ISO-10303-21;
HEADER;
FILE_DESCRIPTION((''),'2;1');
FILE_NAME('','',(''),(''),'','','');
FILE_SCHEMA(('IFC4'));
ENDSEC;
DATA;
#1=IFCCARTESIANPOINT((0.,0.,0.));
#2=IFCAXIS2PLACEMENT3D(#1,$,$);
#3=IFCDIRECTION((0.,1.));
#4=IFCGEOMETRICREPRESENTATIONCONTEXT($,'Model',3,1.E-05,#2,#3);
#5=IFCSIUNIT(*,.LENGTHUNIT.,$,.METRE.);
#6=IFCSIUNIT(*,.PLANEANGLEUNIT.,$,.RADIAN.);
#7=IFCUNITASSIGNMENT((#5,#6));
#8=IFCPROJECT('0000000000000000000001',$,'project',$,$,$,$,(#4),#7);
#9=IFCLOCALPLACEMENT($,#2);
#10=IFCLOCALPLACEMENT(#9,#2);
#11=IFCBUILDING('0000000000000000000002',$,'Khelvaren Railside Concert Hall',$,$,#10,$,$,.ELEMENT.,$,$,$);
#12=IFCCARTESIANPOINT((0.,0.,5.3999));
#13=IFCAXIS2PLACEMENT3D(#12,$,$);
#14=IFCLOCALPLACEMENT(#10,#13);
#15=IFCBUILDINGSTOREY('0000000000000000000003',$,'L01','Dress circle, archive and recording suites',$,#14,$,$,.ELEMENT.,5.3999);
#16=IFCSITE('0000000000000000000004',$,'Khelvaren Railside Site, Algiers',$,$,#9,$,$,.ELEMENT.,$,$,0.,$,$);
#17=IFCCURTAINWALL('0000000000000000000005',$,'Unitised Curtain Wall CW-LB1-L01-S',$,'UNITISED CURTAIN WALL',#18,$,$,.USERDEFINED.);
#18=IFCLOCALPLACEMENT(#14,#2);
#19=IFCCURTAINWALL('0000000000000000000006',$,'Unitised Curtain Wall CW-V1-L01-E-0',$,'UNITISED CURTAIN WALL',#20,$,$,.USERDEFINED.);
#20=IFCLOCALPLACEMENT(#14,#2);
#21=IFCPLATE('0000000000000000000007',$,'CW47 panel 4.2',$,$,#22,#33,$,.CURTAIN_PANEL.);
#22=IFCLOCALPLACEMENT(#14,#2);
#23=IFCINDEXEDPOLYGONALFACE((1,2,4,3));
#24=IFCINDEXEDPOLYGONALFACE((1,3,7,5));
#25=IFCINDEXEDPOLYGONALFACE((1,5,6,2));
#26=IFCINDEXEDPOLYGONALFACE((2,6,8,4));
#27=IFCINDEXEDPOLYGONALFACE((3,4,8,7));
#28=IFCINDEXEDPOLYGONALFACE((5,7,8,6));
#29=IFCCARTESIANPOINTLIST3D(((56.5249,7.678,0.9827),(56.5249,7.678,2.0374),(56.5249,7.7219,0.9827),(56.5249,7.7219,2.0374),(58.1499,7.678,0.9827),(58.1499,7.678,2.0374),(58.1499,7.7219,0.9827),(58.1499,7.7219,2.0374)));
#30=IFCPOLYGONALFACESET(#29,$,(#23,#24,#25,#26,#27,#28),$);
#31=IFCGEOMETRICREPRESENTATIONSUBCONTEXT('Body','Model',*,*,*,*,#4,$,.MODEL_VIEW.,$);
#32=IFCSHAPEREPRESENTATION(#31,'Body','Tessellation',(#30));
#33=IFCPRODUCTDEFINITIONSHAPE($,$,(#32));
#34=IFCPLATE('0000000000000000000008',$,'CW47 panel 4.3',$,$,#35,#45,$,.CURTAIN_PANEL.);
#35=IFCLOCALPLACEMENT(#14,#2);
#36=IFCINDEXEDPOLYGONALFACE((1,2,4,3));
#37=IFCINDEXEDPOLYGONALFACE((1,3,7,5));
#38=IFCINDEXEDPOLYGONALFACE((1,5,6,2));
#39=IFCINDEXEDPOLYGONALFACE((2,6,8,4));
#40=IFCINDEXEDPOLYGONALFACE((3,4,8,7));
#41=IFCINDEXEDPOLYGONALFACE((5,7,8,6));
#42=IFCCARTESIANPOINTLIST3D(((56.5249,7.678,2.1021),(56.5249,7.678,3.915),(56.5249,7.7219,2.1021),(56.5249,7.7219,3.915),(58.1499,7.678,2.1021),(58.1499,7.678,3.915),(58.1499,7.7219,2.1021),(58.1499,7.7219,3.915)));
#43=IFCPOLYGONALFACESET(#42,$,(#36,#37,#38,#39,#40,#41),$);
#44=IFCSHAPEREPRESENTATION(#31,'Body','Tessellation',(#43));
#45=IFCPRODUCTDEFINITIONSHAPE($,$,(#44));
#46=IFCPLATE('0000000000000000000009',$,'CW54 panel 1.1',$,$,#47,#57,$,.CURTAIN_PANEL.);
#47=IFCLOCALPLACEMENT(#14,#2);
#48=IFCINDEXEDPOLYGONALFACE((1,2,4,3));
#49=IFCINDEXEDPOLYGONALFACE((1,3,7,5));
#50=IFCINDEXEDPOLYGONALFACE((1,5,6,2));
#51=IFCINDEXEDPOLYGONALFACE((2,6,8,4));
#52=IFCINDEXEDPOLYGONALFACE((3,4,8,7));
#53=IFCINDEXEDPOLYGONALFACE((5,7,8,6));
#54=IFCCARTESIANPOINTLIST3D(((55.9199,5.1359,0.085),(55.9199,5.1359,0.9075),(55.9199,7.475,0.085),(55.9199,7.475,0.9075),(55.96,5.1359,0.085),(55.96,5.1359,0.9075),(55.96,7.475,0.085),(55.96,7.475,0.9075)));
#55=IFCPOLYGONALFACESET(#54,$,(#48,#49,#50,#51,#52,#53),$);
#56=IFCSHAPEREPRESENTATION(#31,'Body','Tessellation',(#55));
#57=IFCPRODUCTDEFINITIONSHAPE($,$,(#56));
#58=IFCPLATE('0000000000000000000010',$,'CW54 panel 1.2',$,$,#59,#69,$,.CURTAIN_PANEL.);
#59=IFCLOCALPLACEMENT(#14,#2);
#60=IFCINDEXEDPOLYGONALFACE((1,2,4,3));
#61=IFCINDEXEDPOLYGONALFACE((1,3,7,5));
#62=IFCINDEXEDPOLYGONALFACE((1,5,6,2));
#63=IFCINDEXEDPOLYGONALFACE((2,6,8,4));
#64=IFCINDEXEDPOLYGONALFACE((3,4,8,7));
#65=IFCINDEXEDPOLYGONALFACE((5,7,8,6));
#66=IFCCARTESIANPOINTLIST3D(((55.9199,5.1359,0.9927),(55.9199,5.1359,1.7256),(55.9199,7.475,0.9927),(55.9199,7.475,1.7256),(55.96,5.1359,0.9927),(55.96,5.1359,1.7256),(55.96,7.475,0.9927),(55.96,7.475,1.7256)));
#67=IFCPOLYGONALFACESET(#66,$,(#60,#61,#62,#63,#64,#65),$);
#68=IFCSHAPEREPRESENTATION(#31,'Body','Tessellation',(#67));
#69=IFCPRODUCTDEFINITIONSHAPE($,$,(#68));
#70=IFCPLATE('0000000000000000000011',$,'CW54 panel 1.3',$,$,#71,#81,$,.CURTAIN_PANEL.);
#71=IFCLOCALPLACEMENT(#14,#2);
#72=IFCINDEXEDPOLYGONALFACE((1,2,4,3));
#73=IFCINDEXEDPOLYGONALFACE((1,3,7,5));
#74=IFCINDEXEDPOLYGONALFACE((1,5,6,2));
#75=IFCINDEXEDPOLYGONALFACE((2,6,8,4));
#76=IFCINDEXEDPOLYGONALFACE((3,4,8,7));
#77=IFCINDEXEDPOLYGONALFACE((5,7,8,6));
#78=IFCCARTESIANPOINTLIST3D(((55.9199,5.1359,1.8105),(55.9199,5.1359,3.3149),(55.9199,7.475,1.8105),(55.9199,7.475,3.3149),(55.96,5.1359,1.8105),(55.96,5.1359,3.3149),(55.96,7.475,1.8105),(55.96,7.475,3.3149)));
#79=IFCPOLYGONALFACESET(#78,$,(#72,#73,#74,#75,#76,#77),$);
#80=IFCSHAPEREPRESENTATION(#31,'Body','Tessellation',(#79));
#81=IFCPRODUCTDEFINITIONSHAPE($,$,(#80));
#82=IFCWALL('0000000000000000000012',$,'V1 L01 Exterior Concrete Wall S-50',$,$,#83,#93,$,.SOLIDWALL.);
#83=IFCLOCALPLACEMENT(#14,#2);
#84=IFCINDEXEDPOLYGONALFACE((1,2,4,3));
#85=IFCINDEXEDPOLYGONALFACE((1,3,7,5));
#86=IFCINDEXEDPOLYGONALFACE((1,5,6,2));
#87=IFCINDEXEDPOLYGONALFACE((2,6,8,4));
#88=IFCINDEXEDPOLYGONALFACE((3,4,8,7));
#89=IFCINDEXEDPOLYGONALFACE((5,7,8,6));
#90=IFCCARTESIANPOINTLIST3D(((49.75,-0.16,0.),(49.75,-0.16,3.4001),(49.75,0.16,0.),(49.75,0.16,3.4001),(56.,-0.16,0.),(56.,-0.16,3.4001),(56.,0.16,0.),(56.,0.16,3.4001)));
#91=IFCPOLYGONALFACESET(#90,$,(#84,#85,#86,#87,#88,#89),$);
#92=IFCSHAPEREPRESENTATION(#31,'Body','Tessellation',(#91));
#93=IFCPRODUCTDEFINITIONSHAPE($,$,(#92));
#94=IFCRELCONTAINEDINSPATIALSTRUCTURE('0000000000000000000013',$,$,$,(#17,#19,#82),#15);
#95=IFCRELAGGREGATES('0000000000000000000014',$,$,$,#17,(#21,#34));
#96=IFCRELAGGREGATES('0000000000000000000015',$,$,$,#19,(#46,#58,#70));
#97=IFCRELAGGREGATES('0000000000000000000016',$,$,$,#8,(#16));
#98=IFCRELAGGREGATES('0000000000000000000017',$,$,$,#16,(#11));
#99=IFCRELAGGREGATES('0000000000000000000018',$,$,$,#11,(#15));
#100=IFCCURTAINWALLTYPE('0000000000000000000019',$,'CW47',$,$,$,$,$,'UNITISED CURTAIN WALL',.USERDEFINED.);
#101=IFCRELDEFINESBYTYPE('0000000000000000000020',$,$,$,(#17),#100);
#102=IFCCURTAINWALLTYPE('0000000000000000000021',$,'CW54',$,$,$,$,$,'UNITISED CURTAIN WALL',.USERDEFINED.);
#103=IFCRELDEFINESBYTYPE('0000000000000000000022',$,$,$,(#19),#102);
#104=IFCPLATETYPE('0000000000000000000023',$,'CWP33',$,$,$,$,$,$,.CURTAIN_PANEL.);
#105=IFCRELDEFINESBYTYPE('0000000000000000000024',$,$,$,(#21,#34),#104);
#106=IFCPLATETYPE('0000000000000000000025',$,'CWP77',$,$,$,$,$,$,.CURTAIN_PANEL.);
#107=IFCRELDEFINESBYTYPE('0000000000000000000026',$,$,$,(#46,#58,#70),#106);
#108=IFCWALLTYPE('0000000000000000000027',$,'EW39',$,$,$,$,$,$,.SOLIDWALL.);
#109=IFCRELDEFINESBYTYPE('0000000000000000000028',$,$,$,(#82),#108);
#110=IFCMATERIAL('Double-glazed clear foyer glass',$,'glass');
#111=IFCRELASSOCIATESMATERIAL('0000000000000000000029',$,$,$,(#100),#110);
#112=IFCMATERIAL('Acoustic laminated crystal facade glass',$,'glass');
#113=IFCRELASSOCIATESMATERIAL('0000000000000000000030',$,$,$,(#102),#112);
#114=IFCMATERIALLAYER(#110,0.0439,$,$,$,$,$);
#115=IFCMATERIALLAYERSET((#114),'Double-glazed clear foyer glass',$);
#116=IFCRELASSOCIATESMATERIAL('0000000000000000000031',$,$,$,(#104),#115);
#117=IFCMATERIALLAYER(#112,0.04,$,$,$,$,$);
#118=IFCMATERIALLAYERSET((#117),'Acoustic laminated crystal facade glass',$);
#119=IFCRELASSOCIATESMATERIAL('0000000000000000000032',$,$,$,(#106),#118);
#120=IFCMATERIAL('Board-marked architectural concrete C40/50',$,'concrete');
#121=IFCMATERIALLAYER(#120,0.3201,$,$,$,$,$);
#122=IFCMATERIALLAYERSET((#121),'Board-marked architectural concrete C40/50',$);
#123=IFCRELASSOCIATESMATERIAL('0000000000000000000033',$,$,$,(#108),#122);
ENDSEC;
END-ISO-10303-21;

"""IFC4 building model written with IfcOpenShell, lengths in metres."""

from ifc_helpers import new_model, si_unit, direction, frame, frame_2d, origin, origin_2d, place, context, subcontext, project, spatial, rectangle, extrude, material, layer, layer_set, type_object, element, aggregate, save


model = new_model("IFC4")

# Units and contexts
model_context = context("Model", 3, precision=1e-05, world=origin(), true_north=direction((0.0, 1.0)))
body_context = subcontext(model_context, "Body", "Model", "MODEL_VIEW")
ifc_project = project(units=[si_unit("LENGTHUNIT", "METRE"), si_unit("PLANEANGLEUNIT", "RADIAN")], contexts=[model_context])

# Site, building, storey
site_placement = place(None, origin())
site = spatial("IfcSite", under=ifc_project, at=site_placement, Name="Khelvaren Railside Site, Algiers", CompositionType="ELEMENT", RefElevation=0.0)
building_placement = place(site_placement, origin())
building = spatial("IfcBuilding", under=site, at=building_placement, Name="Khelvaren Railside Concert Hall", CompositionType="ELEMENT")
storey_placement = place(building_placement, frame((0.0, 0.0, 5.3999)))
storey = spatial("IfcBuildingStorey", under=building, at=storey_placement, Name="L01", Description="Dress circle, archive and recording suites", CompositionType="ELEMENT", Elevation=5.3999)

# Curtain walls
ifc_material_1 = material(Name="Double-glazed clear foyer glass", Category="glass")
curtain_wall_type_1 = type_object("IfcCurtainWallType", Name="CW47", ElementType="UNITISED CURTAIN WALL", PredefinedType="USERDEFINED", material=ifc_material_1)
curtain_wall_1_placement = place(storey_placement, origin())
curtain_wall_1 = element("IfcCurtainWall", 1, at=curtain_wall_1_placement, inside=storey, type_object=curtain_wall_type_1, Name="Unitised Curtain Wall CW-LB1-L01-S", ObjectType="UNITISED CURTAIN WALL", PredefinedType="USERDEFINED")
ifc_material_2 = material(Name="Acoustic laminated crystal facade glass", Category="glass")
curtain_wall_type_2 = type_object("IfcCurtainWallType", Name="CW54", ElementType="UNITISED CURTAIN WALL", PredefinedType="USERDEFINED", material=ifc_material_2)
curtain_wall_2_placement = place(storey_placement, origin())
curtain_wall_2 = element("IfcCurtainWall", 2, at=curtain_wall_2_placement, inside=storey, type_object=curtain_wall_type_2, Name="Unitised Curtain Wall CW-V1-L01-E-0", ObjectType="UNITISED CURTAIN WALL", PredefinedType="USERDEFINED")

# Plates
ifc_layer_1 = layer(ifc_material_1, 0.0439)
ifc_layer_set_1 = layer_set([ifc_layer_1], Name="Double-glazed clear foyer glass")
plate_type_1 = type_object("IfcPlateType", Name="CWP33", PredefinedType="CURTAIN_PANEL", material=ifc_layer_set_1)
plate_1_placement = place(storey_placement, frame((57.3374, 7.7, 0.9827), z_axis=(0.0, 0.0, 1.0), x_axis=(-1.0, 0.0, 0.0)))
plate_1 = element("IfcPlate", 3, at=plate_1_placement, type_object=plate_type_1, Name="CW47 panel 4.2", PredefinedType="CURTAIN_PANEL", context=body_context, shape_type="SweptSolid", body=[
    extrude(rectangle(XDim=1.625, YDim=0.0439, at=origin_2d()), origin(), (0.0, 0.0, 1.0), 1.0547),
])
plate_2_placement = place(storey_placement, frame((57.3374, 7.7, 2.1021), z_axis=(0.0, 0.0, 1.0), x_axis=(-1.0, 0.0, 0.0)))
plate_2 = element("IfcPlate", 4, at=plate_2_placement, type_object=plate_type_1, Name="CW47 panel 4.3", PredefinedType="CURTAIN_PANEL", context=body_context, shape_type="SweptSolid", body=[
    extrude(rectangle(XDim=1.625, YDim=0.0439, at=origin_2d()), origin(), (0.0, 0.0, 1.0), 1.813),
])
aggregate(curtain_wall_1, [plate_1, plate_2])
ifc_layer_2 = layer(ifc_material_2, 0.04)
ifc_layer_set_2 = layer_set([ifc_layer_2], Name="Acoustic laminated crystal facade glass")
plate_type_2 = type_object("IfcPlateType", Name="CWP77", PredefinedType="CURTAIN_PANEL", material=ifc_layer_set_2)
plate_3_placement = place(storey_placement, frame((55.9399, 6.3054, 0.085), z_axis=(0.0, 0.0, 1.0), x_axis=(0.0, -1.0, 0.0)))
plate_3 = element("IfcPlate", 5, at=plate_3_placement, type_object=plate_type_2, Name="CW54 panel 1.1", PredefinedType="CURTAIN_PANEL", context=body_context, shape_type="SweptSolid", body=[
    extrude(rectangle(XDim=2.3391, YDim=0.04, at=origin_2d()), origin(), (0.0, 0.0, 1.0), 0.8225),
])
plate_4_placement = place(storey_placement, frame((55.9399, 6.3054, 0.9927), z_axis=(0.0, 0.0, 1.0), x_axis=(0.0, -1.0, 0.0)))
plate_4 = element("IfcPlate", 6, at=plate_4_placement, type_object=plate_type_2, Name="CW54 panel 1.2", PredefinedType="CURTAIN_PANEL", context=body_context, shape_type="SweptSolid", body=[
    extrude(rectangle(XDim=2.3391, YDim=0.04, at=origin_2d()), origin(), (0.0, 0.0, 1.0), 0.7329),
])
plate_5_placement = place(storey_placement, frame((55.9399, 6.3054, 1.8105), z_axis=(0.0, 0.0, 1.0), x_axis=(0.0, -1.0, 0.0)))
plate_5 = element("IfcPlate", 7, at=plate_5_placement, type_object=plate_type_2, Name="CW54 panel 1.3", PredefinedType="CURTAIN_PANEL", context=body_context, shape_type="SweptSolid", body=[
    extrude(rectangle(XDim=2.3391, YDim=0.04, at=origin_2d()), origin(), (0.0, 0.0, 1.0), 1.5044),
])
aggregate(curtain_wall_2, [plate_3, plate_4, plate_5])

# Wall
ifc_material_3 = material(Name="Board-marked architectural concrete C40/50", Category="concrete")
ifc_layer_3 = layer(ifc_material_3, 0.3201)
ifc_layer_set_3 = layer_set([ifc_layer_3], Name="Board-marked architectural concrete C40/50")
wall_type = type_object("IfcWallType", Name="EW39", PredefinedType="SOLIDWALL", material=ifc_layer_set_3)
wall_placement = place(storey_placement, frame((56.0, 0.0, 0.0), z_axis=(0.0, 0.0, 1.0), x_axis=(-1.0, 0.0, 0.0)))
element("IfcWall", 8, at=wall_placement, inside=storey, type_object=wall_type, Name="V1 L01 Exterior Concrete Wall S-50", PredefinedType="SOLIDWALL", context=body_context, shape_type="SweptSolid", body=[
    extrude(rectangle(XDim=6.25, YDim=0.3201, at=frame_2d((3.125, 0.0))), origin(), (0.0, 0.0, 1.0), 3.4001),
])

save(model, "model.ifc")
